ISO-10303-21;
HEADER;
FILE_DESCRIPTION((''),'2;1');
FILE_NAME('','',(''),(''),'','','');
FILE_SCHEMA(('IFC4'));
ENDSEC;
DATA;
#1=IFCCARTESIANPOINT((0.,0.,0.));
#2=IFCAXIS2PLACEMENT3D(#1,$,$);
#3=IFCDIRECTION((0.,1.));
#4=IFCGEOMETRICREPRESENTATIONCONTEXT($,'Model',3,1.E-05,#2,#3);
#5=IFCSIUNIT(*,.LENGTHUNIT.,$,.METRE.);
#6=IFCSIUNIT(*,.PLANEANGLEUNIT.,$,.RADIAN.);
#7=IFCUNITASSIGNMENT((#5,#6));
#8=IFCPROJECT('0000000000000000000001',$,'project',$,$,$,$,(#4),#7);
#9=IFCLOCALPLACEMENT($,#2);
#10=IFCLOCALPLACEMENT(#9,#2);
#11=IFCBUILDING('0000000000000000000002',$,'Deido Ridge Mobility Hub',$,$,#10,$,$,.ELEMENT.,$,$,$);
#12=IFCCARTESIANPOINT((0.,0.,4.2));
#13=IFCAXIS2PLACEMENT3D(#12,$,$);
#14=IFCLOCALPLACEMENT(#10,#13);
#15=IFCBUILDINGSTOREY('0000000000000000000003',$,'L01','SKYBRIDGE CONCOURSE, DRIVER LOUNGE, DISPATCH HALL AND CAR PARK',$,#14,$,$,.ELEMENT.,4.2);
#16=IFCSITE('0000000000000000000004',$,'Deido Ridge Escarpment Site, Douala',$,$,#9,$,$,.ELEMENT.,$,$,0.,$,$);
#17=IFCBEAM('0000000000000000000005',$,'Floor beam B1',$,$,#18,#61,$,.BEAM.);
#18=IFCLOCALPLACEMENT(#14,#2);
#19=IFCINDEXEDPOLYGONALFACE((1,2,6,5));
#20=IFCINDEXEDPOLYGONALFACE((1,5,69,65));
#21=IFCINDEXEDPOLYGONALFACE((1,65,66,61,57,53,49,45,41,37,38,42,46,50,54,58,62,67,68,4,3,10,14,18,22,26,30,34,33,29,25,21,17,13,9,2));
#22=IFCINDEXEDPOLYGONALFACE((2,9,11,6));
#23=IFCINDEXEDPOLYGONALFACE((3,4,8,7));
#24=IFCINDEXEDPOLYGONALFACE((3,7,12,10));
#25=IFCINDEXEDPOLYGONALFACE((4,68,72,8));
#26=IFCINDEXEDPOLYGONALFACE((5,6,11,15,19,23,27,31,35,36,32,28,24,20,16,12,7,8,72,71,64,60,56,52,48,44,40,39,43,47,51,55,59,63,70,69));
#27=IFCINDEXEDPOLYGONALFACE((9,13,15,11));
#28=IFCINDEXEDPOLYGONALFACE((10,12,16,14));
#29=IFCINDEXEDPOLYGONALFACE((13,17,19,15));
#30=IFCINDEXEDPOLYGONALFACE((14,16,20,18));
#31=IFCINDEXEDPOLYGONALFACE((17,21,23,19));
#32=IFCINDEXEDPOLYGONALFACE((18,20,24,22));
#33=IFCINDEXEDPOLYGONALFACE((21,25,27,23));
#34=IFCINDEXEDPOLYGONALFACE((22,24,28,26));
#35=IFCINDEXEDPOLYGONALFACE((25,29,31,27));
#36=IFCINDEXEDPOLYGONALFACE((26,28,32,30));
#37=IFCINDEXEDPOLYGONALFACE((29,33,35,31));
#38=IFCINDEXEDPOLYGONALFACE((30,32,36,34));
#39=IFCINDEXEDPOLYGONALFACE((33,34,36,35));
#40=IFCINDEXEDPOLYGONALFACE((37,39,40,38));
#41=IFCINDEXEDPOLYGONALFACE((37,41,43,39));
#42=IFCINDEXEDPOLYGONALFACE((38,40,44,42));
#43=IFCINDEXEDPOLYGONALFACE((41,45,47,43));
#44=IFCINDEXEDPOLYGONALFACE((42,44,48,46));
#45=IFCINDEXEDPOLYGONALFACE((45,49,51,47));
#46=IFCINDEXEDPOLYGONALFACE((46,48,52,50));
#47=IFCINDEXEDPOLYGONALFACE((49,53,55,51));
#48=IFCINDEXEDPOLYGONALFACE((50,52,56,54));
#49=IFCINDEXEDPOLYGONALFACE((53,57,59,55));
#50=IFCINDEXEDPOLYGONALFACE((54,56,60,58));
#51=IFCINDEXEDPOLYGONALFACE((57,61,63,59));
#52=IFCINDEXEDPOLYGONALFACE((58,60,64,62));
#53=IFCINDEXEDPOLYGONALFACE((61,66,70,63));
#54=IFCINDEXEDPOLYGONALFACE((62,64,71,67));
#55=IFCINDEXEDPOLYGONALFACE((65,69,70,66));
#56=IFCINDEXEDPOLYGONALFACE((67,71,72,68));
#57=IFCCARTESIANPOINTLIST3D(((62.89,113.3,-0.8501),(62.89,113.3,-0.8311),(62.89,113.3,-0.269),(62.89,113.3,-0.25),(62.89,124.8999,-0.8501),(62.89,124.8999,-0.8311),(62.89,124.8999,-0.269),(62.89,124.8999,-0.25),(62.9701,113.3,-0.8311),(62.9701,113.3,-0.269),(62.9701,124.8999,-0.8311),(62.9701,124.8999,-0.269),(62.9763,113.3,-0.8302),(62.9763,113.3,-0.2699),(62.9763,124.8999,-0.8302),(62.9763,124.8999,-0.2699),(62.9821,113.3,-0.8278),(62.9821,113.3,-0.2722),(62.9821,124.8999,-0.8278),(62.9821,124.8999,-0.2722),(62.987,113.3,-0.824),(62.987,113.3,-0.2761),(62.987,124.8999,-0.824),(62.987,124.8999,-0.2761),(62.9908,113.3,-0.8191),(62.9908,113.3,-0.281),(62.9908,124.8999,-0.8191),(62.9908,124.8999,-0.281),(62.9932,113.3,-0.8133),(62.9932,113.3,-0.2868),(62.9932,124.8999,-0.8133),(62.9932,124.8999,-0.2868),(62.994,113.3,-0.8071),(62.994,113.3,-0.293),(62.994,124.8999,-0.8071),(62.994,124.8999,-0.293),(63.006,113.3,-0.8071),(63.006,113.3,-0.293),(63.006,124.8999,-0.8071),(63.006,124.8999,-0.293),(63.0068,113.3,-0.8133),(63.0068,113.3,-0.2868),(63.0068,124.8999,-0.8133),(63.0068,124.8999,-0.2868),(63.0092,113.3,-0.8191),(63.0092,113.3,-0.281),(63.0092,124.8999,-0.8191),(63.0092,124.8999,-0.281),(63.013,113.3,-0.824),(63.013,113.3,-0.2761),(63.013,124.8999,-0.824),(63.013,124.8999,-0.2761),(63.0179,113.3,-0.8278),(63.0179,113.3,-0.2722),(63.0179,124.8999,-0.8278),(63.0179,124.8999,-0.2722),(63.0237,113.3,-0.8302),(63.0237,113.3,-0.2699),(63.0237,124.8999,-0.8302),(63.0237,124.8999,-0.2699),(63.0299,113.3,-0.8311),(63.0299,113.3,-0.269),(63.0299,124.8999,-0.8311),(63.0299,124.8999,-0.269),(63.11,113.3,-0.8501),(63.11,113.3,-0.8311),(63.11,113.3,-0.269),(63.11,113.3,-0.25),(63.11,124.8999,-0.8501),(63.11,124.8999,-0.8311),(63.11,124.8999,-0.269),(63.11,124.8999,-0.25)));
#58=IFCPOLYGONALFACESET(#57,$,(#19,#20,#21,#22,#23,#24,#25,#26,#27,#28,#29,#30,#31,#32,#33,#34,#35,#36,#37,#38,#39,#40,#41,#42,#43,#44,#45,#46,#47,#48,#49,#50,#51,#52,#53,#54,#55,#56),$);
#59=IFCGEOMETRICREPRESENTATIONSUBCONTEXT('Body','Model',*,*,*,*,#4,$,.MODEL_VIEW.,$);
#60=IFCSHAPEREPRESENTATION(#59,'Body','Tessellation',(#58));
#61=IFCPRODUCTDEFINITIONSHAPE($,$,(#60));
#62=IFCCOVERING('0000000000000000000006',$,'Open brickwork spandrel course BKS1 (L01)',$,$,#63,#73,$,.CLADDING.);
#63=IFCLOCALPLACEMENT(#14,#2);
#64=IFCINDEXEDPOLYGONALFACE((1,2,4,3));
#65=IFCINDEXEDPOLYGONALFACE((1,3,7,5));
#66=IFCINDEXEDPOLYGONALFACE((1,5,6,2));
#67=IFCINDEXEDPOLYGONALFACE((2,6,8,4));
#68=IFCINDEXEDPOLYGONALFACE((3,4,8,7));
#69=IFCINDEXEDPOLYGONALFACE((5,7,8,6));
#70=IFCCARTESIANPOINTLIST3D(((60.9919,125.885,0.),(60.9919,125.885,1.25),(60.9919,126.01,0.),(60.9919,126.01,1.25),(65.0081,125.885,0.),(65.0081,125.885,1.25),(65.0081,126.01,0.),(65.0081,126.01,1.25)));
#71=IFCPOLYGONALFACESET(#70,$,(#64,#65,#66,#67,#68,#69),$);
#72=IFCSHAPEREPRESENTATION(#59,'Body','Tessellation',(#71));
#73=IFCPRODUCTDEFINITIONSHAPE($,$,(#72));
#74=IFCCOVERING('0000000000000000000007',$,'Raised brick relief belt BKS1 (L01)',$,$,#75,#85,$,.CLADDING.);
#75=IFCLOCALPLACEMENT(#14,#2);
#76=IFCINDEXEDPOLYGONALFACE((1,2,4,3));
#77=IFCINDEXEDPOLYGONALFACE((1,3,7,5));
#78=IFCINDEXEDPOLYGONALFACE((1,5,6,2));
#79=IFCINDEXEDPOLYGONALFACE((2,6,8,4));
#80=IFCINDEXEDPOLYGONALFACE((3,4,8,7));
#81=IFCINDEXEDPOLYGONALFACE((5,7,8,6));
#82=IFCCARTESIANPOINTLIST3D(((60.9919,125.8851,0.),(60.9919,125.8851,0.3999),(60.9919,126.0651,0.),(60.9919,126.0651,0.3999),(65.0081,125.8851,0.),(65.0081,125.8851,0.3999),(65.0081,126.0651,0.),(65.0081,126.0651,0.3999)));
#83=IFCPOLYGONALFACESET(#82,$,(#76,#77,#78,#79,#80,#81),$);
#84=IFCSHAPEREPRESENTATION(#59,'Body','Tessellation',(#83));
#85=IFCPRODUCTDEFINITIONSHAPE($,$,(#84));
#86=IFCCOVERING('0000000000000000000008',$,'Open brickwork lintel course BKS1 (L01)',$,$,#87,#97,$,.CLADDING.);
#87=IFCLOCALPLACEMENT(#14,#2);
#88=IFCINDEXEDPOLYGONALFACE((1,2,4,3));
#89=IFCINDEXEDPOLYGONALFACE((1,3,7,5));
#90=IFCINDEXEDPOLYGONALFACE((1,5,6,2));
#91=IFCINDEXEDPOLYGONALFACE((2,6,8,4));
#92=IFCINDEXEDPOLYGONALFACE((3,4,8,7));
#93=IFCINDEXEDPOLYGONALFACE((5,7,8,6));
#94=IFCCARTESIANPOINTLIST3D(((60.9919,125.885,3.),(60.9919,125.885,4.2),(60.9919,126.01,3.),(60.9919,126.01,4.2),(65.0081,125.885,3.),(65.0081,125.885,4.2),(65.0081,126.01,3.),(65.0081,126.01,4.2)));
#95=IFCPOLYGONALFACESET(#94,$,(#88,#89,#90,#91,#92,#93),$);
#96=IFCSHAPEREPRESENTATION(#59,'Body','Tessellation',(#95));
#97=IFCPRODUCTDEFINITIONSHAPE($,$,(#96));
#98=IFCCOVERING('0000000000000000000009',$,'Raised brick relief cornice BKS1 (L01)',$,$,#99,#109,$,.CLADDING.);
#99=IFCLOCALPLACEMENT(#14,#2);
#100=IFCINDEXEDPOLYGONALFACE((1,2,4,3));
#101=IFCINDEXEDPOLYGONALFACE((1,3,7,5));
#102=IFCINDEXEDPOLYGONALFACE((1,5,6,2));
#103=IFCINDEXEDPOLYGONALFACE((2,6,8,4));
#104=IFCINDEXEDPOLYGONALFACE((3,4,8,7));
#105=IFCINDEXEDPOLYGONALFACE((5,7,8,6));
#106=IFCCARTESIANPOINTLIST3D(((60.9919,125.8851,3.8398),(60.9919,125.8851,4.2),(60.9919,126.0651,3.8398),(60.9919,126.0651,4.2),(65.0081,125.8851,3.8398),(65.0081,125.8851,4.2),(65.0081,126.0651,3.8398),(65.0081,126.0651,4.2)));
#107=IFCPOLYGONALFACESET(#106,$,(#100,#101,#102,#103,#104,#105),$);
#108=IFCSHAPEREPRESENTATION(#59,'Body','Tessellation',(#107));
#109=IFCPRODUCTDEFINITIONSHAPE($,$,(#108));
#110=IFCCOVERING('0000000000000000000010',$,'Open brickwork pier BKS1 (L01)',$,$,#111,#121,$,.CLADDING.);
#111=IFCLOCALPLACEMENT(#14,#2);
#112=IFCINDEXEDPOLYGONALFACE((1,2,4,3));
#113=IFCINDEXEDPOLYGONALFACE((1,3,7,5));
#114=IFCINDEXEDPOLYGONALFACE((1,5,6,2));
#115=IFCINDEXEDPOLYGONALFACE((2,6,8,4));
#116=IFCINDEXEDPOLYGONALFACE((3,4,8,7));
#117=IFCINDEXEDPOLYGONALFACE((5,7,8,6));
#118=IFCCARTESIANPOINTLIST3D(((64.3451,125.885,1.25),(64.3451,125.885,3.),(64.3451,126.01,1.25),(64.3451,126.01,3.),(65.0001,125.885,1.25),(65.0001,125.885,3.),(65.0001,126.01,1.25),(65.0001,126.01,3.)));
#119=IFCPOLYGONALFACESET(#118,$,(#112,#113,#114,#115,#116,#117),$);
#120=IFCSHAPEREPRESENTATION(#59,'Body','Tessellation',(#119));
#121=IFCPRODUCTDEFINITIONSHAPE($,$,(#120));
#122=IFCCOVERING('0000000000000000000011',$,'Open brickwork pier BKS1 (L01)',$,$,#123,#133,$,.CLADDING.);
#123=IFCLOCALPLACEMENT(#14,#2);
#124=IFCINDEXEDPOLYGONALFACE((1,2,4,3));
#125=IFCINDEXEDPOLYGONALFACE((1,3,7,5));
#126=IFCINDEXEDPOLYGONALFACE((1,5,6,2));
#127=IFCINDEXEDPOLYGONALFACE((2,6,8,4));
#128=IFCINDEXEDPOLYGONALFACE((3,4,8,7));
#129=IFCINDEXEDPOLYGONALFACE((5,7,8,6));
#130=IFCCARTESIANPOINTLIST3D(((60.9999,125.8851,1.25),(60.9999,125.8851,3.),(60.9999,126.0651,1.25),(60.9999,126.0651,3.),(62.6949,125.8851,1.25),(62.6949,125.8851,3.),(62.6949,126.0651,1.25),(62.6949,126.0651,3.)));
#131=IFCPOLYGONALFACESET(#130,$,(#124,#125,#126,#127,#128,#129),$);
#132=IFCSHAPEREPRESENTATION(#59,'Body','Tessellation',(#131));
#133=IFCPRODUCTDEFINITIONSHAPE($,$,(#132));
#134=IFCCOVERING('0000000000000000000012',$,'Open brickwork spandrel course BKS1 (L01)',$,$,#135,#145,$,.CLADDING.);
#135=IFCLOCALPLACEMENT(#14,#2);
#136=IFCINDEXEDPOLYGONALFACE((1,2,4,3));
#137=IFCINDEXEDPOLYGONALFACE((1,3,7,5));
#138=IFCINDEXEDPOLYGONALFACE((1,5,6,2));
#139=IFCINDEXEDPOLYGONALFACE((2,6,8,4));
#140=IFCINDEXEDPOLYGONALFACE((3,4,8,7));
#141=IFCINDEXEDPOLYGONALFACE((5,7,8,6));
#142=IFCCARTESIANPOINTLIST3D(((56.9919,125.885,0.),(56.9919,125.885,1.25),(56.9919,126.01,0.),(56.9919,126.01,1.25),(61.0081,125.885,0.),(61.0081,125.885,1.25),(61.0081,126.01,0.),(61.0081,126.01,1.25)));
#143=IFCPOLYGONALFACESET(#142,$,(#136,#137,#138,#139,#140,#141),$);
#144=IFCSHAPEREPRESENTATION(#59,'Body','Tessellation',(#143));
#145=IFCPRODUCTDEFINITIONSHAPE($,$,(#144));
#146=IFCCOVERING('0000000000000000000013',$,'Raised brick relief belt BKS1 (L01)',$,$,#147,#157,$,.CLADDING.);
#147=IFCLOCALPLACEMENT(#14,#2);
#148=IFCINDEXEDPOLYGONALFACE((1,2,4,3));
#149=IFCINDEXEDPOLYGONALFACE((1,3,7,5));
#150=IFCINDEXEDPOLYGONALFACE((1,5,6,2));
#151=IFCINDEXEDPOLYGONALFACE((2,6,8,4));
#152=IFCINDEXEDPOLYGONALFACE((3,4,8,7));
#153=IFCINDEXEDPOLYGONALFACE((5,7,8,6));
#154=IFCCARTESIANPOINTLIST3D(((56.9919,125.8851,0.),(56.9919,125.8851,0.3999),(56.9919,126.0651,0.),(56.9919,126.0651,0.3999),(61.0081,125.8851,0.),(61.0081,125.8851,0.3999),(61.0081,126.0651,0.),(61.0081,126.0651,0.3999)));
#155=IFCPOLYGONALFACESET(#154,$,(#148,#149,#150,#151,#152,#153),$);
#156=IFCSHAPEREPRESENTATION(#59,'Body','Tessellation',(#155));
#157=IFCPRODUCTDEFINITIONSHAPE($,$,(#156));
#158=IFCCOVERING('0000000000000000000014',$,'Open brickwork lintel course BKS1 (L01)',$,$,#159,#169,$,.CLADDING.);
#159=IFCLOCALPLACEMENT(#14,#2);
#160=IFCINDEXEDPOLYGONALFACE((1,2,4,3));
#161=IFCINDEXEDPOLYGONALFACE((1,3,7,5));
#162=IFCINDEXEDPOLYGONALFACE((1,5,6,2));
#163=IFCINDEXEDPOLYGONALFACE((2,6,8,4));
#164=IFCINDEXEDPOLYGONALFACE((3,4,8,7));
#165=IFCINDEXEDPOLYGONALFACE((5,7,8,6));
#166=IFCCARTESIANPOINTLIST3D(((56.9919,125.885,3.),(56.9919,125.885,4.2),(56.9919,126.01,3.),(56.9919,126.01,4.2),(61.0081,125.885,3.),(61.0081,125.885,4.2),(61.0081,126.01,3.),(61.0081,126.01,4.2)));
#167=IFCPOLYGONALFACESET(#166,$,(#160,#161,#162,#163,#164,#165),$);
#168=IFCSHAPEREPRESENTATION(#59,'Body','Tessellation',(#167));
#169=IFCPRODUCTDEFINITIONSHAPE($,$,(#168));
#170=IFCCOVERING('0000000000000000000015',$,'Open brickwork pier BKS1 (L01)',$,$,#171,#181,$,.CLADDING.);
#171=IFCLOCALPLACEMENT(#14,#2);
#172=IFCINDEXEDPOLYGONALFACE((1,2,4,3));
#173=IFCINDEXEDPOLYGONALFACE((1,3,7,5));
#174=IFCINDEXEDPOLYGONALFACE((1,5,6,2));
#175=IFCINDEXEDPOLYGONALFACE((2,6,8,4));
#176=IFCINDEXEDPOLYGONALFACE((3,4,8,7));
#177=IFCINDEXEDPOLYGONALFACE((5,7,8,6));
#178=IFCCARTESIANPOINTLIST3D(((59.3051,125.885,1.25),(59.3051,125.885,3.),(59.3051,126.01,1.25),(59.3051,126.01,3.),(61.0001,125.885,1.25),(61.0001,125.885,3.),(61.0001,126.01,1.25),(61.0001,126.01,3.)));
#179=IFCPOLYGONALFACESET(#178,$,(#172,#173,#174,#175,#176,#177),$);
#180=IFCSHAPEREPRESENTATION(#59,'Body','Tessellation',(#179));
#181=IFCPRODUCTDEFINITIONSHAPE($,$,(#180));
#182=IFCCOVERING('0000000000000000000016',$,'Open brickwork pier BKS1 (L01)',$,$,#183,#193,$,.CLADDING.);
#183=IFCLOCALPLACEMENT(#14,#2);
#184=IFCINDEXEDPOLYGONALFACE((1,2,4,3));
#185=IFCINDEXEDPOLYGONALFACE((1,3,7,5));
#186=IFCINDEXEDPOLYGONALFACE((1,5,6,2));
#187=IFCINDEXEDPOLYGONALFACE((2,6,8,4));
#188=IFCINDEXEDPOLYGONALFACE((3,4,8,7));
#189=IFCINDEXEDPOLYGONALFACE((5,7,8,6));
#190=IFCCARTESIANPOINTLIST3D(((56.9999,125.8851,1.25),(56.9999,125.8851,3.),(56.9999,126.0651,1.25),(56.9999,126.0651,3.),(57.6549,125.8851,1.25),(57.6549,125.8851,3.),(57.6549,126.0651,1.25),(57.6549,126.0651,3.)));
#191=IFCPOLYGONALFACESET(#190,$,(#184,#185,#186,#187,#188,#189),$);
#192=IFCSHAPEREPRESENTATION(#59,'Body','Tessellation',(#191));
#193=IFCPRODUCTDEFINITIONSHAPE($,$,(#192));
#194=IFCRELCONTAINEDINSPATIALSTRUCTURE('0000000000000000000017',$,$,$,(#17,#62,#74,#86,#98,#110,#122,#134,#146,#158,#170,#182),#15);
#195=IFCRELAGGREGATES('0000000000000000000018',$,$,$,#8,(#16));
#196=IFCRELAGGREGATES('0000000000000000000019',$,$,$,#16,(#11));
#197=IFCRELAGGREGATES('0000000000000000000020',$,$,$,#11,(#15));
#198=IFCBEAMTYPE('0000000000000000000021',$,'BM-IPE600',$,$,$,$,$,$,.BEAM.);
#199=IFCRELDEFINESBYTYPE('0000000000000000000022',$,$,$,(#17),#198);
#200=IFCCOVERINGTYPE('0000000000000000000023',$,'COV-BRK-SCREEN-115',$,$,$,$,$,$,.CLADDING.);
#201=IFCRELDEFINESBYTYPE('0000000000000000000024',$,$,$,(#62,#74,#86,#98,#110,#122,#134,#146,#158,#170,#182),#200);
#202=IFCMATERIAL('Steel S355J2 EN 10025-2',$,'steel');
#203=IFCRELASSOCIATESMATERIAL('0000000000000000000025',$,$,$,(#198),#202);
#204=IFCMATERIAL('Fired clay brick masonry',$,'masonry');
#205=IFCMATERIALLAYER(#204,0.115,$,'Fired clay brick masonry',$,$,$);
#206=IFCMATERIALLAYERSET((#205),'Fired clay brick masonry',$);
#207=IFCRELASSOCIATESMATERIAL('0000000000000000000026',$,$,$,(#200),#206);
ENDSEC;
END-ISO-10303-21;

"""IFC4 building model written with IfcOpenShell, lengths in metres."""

from ifc_helpers import new_model, si_unit, direction, frame, origin, origin_2d, place, context, subcontext, project, spatial, rectangle, i_section, extrude, material, layer, layer_set, material_profile, profile_set, type_object, element, save


model = new_model("IFC4")

# Units and contexts
model_context = context("Model", 3, precision=1e-05, world=origin(), true_north=direction((0.0, 1.0)))
body_context = subcontext(model_context, "Body", "Model", "MODEL_VIEW")
ifc_project = project(units=[si_unit("LENGTHUNIT", "METRE"), si_unit("PLANEANGLEUNIT", "RADIAN")], contexts=[model_context])

# Site, building, storey
site_placement = place(None, origin())
site = spatial("IfcSite", under=ifc_project, at=site_placement, Name="Deido Ridge Escarpment Site, Douala", CompositionType="ELEMENT", RefElevation=0.0)
building_placement = place(site_placement, origin())
building = spatial("IfcBuilding", under=site, at=building_placement, Name="Deido Ridge Mobility Hub", CompositionType="ELEMENT")
storey_placement = place(building_placement, frame((0.0, 0.0, 4.2)))
storey = spatial("IfcBuildingStorey", under=building, at=storey_placement, Name="L01", Description="SKYBRIDGE CONCOURSE, DRIVER LOUNGE, DISPATCH HALL AND CAR PARK", CompositionType="ELEMENT", Elevation=4.2)

# Shared definitions
ifc_material_1 = material(Name="Steel S355J2 EN 10025-2", Category="steel")

# Beam
ifc_material_profile_1 = material_profile(ifc_material_1, i_section(OverallWidth=0.22, OverallDepth=0.6001, WebThickness=0.012, FlangeThickness=0.019, FilletRadius=0.0239, at=origin_2d()), Name="IPE 600")
ifc_profile_set_1 = profile_set([ifc_material_profile_1], Name="Steel S355J2 EN 10025-2")
beam_type_1 = type_object("IfcBeamType", Name="BM-IPE600", PredefinedType="BEAM", material=ifc_profile_set_1)
for number, where, z_axis, x_axis, name in (
    (1, (63.0, 113.3, -0.55), (0.0, 1.0, 0.0), (-1.0, 0.0, 0.0), "Floor beam B1"),
):
    element("IfcBeam", number, at=place(storey_placement, frame(where, z_axis=z_axis, x_axis=x_axis)), inside=storey, type_object=beam_type_1, Name=name, PredefinedType="BEAM", context=body_context, shape_type="SweptSolid", body=[
        extrude(i_section(OverallWidth=0.22, OverallDepth=0.6001, WebThickness=0.012, FlangeThickness=0.019, FilletRadius=0.0239, at=origin_2d()), origin(), (0.0, 0.0, 1.0), 11.5999),
    ])

# Coverings
ifc_material_2 = material(Name="Fired clay brick masonry", Category="masonry")
ifc_layer = layer(ifc_material_2, 0.115, Name="Fired clay brick masonry")
ifc_layer_set = layer_set([ifc_layer], Name="Fired clay brick masonry")
covering_type = type_object("IfcCoveringType", Name="COV-BRK-SCREEN-115", PredefinedType="CLADDING", material=ifc_layer_set)
covering_1_placement = place(storey_placement, frame((63.0, 125.9475, 0.0), z_axis=(0.0, 0.0, 1.0), x_axis=(-1.0, 0.0, 0.0)))
element("IfcCovering", 2, at=covering_1_placement, inside=storey, type_object=covering_type, Name="Open brickwork spandrel course BKS1 (L01)", PredefinedType="CLADDING", context=body_context, shape_type="SweptSolid", body=[
    extrude(rectangle(XDim=4.0161, YDim=0.125, at=origin_2d()), origin(), (0.0, 0.0, 1.0), 1.25),
])
covering_2_placement = place(storey_placement, frame((63.0, 125.9751, 0.0), z_axis=(0.0, 0.0, 1.0), x_axis=(-1.0, 0.0, 0.0)))
element("IfcCovering", 3, at=covering_2_placement, inside=storey, type_object=covering_type, Name="Raised brick relief belt BKS1 (L01)", PredefinedType="CLADDING", context=body_context, shape_type="SweptSolid", body=[
    extrude(rectangle(XDim=4.0161, YDim=0.1799, at=origin_2d()), origin(), (0.0, 0.0, 1.0), 0.3999),
])
covering_3_placement = place(storey_placement, frame((63.0, 125.9475, 3.0), z_axis=(0.0, 0.0, 1.0), x_axis=(-1.0, 0.0, 0.0)))
element("IfcCovering", 4, at=covering_3_placement, inside=storey, type_object=covering_type, Name="Open brickwork lintel course BKS1 (L01)", PredefinedType="CLADDING", context=body_context, shape_type="SweptSolid", body=[
    extrude(rectangle(XDim=4.0161, YDim=0.125, at=origin_2d()), origin(), (0.0, 0.0, 1.0), 1.2),
])
covering_4_placement = place(storey_placement, frame((63.0, 125.9751, 3.8398), z_axis=(0.0, 0.0, 1.0), x_axis=(-1.0, 0.0, 0.0)))
element("IfcCovering", 5, at=covering_4_placement, inside=storey, type_object=covering_type, Name="Raised brick relief cornice BKS1 (L01)", PredefinedType="CLADDING", context=body_context, shape_type="SweptSolid", body=[
    extrude(rectangle(XDim=4.0161, YDim=0.1799, at=origin_2d()), origin(), (0.0, 0.0, 1.0), 0.3601),
])
covering_5_placement = place(storey_placement, frame((64.6726, 125.9475, 1.25), z_axis=(0.0, 0.0, 1.0), x_axis=(-1.0, 0.0, 0.0)))
element("IfcCovering", 6, at=covering_5_placement, inside=storey, type_object=covering_type, Name="Open brickwork pier BKS1 (L01)", PredefinedType="CLADDING", context=body_context, shape_type="SweptSolid", body=[
    extrude(rectangle(XDim=0.655, YDim=0.125, at=origin_2d()), origin(), (0.0, 0.0, 1.0), 1.75),
])
covering_6_placement = place(storey_placement, frame((61.8474, 125.9751, 1.25), z_axis=(0.0, 0.0, 1.0), x_axis=(-1.0, 0.0, 0.0)))
element("IfcCovering", 7, at=covering_6_placement, inside=storey, type_object=covering_type, Name="Open brickwork pier BKS1 (L01)", PredefinedType="CLADDING", context=body_context, shape_type="SweptSolid", body=[
    extrude(rectangle(XDim=1.6951, YDim=0.1799, at=origin_2d()), origin(), (0.0, 0.0, 1.0), 1.75),
])
covering_7_placement = place(storey_placement, frame((59.0, 125.9475, 0.0), z_axis=(0.0, 0.0, 1.0), x_axis=(-1.0, 0.0, 0.0)))
element("IfcCovering", 8, at=covering_7_placement, inside=storey, type_object=covering_type, Name="Open brickwork spandrel course BKS1 (L01)", PredefinedType="CLADDING", context=body_context, shape_type="SweptSolid", body=[
    extrude(rectangle(XDim=4.0161, YDim=0.125, at=origin_2d()), origin(), (0.0, 0.0, 1.0), 1.25),
])
covering_8_placement = place(storey_placement, frame((59.0, 125.9751, 0.0), z_axis=(0.0, 0.0, 1.0), x_axis=(-1.0, 0.0, 0.0)))
element("IfcCovering", 9, at=covering_8_placement, inside=storey, type_object=covering_type, Name="Raised brick relief belt BKS1 (L01)", PredefinedType="CLADDING", context=body_context, shape_type="SweptSolid", body=[
    extrude(rectangle(XDim=4.0161, YDim=0.1799, at=origin_2d()), origin(), (0.0, 0.0, 1.0), 0.3999),
])
covering_9_placement = place(storey_placement, frame((59.0, 125.9475, 3.0), z_axis=(0.0, 0.0, 1.0), x_axis=(-1.0, 0.0, 0.0)))
element("IfcCovering", 10, at=covering_9_placement, inside=storey, type_object=covering_type, Name="Open brickwork lintel course BKS1 (L01)", PredefinedType="CLADDING", context=body_context, shape_type="SweptSolid", body=[
    extrude(rectangle(XDim=4.0161, YDim=0.125, at=origin_2d()), origin(), (0.0, 0.0, 1.0), 1.2),
])
covering_10_placement = place(storey_placement, frame((60.1526, 125.9475, 1.25), z_axis=(0.0, 0.0, 1.0), x_axis=(-1.0, 0.0, 0.0)))
element("IfcCovering", 11, at=covering_10_placement, inside=storey, type_object=covering_type, Name="Open brickwork pier BKS1 (L01)", PredefinedType="CLADDING", context=body_context, shape_type="SweptSolid", body=[
    extrude(rectangle(XDim=1.6951, YDim=0.125, at=origin_2d()), origin(), (0.0, 0.0, 1.0), 1.75),
])
covering_11_placement = place(storey_placement, frame((57.3274, 125.9751, 1.25), z_axis=(0.0, 0.0, 1.0), x_axis=(-1.0, 0.0, 0.0)))
element("IfcCovering", 12, at=covering_11_placement, inside=storey, type_object=covering_type, Name="Open brickwork pier BKS1 (L01)", PredefinedType="CLADDING", context=body_context, shape_type="SweptSolid", body=[
    extrude(rectangle(XDim=0.655, YDim=0.1799, at=origin_2d()), origin(), (0.0, 0.0, 1.0), 1.75),
])

save(model, "model.ifc")
